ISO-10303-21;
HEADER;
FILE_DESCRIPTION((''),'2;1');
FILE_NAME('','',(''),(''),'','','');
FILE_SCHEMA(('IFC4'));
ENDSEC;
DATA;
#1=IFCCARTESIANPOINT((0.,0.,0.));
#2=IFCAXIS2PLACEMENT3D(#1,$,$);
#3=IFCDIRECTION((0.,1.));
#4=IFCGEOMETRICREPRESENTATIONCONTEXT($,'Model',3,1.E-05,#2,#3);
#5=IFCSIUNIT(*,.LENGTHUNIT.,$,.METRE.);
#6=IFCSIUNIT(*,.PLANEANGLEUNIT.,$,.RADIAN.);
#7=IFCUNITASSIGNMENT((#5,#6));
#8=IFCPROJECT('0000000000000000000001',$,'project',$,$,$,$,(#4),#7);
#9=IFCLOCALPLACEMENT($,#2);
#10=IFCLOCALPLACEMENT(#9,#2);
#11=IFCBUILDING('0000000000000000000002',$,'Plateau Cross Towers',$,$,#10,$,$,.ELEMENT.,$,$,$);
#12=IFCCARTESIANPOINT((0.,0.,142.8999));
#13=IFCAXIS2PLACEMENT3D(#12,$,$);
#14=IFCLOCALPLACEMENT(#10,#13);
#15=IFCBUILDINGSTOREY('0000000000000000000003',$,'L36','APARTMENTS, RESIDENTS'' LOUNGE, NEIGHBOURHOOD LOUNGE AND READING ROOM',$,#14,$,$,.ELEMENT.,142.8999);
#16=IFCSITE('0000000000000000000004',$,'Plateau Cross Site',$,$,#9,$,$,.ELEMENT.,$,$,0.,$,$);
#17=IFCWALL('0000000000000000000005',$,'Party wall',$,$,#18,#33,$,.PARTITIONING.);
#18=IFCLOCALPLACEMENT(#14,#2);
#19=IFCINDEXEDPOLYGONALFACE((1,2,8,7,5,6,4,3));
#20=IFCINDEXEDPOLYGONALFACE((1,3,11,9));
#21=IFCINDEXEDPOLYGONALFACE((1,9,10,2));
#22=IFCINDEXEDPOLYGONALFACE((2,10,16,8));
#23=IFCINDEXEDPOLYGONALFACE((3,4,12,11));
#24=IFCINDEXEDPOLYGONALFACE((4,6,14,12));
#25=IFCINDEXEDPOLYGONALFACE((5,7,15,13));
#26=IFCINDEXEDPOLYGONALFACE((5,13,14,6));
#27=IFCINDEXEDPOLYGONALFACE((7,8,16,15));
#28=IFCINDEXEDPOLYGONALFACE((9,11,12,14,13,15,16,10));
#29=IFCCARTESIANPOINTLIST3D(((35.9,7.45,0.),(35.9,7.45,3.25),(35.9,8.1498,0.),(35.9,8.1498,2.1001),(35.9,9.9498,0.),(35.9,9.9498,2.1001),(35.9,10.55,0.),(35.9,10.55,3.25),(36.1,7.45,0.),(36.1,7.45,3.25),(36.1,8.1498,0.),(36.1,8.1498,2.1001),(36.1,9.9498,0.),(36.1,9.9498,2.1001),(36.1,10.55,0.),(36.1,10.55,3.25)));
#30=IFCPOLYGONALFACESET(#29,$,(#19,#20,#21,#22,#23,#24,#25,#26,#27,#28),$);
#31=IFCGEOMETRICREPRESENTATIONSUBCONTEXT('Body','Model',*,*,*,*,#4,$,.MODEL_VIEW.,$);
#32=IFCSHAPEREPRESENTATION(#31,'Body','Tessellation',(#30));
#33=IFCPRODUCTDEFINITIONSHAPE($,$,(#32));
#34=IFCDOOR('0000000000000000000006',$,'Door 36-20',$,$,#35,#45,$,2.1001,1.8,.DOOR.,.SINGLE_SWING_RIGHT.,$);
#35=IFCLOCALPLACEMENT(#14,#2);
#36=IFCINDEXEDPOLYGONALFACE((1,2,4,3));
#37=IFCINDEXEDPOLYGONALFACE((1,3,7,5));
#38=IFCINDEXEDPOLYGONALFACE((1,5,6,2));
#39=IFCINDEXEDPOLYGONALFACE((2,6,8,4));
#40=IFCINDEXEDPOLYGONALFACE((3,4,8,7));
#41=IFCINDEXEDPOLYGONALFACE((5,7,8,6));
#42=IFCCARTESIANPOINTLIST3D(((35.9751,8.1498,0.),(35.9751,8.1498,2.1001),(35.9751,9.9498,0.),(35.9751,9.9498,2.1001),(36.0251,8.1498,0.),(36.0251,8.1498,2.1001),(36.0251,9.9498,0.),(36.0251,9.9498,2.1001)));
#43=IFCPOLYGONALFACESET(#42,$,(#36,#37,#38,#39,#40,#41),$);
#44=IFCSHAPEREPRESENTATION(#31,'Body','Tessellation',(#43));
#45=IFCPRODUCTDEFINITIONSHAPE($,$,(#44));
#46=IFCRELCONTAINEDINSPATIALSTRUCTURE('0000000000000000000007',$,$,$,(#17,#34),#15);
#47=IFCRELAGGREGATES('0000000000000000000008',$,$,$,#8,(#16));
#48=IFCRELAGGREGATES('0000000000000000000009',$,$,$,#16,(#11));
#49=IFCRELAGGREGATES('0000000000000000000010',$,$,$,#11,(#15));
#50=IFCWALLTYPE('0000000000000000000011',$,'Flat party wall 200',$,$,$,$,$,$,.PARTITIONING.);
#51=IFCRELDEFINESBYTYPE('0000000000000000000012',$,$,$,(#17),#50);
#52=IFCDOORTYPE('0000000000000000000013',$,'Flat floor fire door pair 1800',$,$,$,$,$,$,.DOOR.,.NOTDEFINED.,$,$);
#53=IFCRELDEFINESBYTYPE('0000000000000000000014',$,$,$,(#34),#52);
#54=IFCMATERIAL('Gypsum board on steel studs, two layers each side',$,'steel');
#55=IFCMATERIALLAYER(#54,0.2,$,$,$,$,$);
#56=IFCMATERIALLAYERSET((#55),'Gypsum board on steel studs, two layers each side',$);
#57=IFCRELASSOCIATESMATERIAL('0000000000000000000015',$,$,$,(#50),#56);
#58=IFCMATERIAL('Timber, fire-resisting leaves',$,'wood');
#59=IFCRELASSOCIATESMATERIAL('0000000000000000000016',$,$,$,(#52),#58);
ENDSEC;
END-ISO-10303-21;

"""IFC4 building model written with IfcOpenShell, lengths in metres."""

from ifc_helpers import new_model, si_unit, direction, frame, frame_2d, origin, place, context, subcontext, project, spatial, rectangle, extrude, material, layer, layer_set, type_object, element, fill, save


model = new_model("IFC4")

# Units and contexts
model_context = context("Model", 3, precision=1e-05, world=origin(), true_north=direction((0.0, 1.0)))
body_context = subcontext(model_context, "Body", "Model", "MODEL_VIEW")
ifc_project = project(units=[si_unit("LENGTHUNIT", "METRE"), si_unit("PLANEANGLEUNIT", "RADIAN")], contexts=[model_context])

# Site, building, storey
site_placement = place(None, origin())
site = spatial("IfcSite", under=ifc_project, at=site_placement, Name="Plateau Cross Site", CompositionType="ELEMENT", RefElevation=0.0)
building_placement = place(site_placement, origin())
building = spatial("IfcBuilding", under=site, at=building_placement, Name="Plateau Cross Towers", CompositionType="ELEMENT")
storey_placement = place(building_placement, frame((0.0, 0.0, 142.8999)))
storey = spatial("IfcBuildingStorey", under=building, at=storey_placement, Name="L36", Description="APARTMENTS, RESIDENTS' LOUNGE, NEIGHBOURHOOD LOUNGE AND READING ROOM", CompositionType="ELEMENT", Elevation=142.8999)

# Shared definitions
ifc_material_1 = material(Name="Gypsum board on steel studs, two layers each side", Category="steel")
ifc_layer_1 = layer(ifc_material_1, 0.2)
ifc_layer_set_1 = layer_set([ifc_layer_1], Name="Gypsum board on steel studs, two layers each side")
wall_type_1 = type_object("IfcWallType", Name="Flat party wall 200", PredefinedType="PARTITIONING", material=ifc_layer_set_1)

# Wall, opening, door
wall_1_placement = place(storey_placement, frame((36.0, 7.45, 0.0), z_axis=(0.0, 0.0, 1.0), x_axis=(0.0, 1.0, 0.0)))
wall_1 = element("IfcWall", 1, at=wall_1_placement, inside=storey, type_object=wall_type_1, Name="Party wall", PredefinedType="PARTITIONING", context=body_context, shape_type="SweptSolid", body=[
    extrude(rectangle(XDim=3.1001, YDim=0.2, at=frame_2d((1.55, 0.0))), origin(), (0.0, 0.0, 1.0), 3.25),
])
opening_1_placement = place(wall_1_placement, frame((0.7, 0.0, 0.0)))
opening_1 = element("IfcOpeningElement", 2, at=opening_1_placement, cuts=wall_1, PredefinedType="OPENING", context=body_context, shape_type="SweptSolid", body=[
    extrude(rectangle(XDim=1.8, YDim=2.1001, at=frame_2d((0.8999, 1.05))), frame((0.0, 0.1099, 0.0), z_axis=(0.0, -1.0, 0.0), x_axis=(1.0, 0.0, 0.0)), (0.0, 0.0, 1.0), 0.22),
])
ifc_material_2 = material(Name="Timber, fire-resisting leaves", Category="wood")
door_type_1 = type_object("IfcDoorType", Name="Flat floor fire door pair 1800", OperationType="NOTDEFINED", PredefinedType="DOOR", material=ifc_material_2)
door_1_placement = place(opening_1_placement, origin())
door_1 = element("IfcDoor", 3, at=door_1_placement, inside=storey, type_object=door_type_1, Name="Door 36-20", OperationType="SINGLE_SWING_RIGHT", OverallHeight=2.1001, OverallWidth=1.8, PredefinedType="DOOR", context=body_context, shape_type="SweptSolid", body=[
    extrude(rectangle(XDim=1.8, YDim=2.1001, at=frame_2d((0.8999, 1.05))), frame((0.0, 0.0249, 0.0), z_axis=(0.0, -1.0, 0.0), x_axis=(1.0, 0.0, 0.0)), (0.0, 0.0, 1.0), 0.05),
])
fill(opening_1, door_1)

save(model, "model.ifc")
